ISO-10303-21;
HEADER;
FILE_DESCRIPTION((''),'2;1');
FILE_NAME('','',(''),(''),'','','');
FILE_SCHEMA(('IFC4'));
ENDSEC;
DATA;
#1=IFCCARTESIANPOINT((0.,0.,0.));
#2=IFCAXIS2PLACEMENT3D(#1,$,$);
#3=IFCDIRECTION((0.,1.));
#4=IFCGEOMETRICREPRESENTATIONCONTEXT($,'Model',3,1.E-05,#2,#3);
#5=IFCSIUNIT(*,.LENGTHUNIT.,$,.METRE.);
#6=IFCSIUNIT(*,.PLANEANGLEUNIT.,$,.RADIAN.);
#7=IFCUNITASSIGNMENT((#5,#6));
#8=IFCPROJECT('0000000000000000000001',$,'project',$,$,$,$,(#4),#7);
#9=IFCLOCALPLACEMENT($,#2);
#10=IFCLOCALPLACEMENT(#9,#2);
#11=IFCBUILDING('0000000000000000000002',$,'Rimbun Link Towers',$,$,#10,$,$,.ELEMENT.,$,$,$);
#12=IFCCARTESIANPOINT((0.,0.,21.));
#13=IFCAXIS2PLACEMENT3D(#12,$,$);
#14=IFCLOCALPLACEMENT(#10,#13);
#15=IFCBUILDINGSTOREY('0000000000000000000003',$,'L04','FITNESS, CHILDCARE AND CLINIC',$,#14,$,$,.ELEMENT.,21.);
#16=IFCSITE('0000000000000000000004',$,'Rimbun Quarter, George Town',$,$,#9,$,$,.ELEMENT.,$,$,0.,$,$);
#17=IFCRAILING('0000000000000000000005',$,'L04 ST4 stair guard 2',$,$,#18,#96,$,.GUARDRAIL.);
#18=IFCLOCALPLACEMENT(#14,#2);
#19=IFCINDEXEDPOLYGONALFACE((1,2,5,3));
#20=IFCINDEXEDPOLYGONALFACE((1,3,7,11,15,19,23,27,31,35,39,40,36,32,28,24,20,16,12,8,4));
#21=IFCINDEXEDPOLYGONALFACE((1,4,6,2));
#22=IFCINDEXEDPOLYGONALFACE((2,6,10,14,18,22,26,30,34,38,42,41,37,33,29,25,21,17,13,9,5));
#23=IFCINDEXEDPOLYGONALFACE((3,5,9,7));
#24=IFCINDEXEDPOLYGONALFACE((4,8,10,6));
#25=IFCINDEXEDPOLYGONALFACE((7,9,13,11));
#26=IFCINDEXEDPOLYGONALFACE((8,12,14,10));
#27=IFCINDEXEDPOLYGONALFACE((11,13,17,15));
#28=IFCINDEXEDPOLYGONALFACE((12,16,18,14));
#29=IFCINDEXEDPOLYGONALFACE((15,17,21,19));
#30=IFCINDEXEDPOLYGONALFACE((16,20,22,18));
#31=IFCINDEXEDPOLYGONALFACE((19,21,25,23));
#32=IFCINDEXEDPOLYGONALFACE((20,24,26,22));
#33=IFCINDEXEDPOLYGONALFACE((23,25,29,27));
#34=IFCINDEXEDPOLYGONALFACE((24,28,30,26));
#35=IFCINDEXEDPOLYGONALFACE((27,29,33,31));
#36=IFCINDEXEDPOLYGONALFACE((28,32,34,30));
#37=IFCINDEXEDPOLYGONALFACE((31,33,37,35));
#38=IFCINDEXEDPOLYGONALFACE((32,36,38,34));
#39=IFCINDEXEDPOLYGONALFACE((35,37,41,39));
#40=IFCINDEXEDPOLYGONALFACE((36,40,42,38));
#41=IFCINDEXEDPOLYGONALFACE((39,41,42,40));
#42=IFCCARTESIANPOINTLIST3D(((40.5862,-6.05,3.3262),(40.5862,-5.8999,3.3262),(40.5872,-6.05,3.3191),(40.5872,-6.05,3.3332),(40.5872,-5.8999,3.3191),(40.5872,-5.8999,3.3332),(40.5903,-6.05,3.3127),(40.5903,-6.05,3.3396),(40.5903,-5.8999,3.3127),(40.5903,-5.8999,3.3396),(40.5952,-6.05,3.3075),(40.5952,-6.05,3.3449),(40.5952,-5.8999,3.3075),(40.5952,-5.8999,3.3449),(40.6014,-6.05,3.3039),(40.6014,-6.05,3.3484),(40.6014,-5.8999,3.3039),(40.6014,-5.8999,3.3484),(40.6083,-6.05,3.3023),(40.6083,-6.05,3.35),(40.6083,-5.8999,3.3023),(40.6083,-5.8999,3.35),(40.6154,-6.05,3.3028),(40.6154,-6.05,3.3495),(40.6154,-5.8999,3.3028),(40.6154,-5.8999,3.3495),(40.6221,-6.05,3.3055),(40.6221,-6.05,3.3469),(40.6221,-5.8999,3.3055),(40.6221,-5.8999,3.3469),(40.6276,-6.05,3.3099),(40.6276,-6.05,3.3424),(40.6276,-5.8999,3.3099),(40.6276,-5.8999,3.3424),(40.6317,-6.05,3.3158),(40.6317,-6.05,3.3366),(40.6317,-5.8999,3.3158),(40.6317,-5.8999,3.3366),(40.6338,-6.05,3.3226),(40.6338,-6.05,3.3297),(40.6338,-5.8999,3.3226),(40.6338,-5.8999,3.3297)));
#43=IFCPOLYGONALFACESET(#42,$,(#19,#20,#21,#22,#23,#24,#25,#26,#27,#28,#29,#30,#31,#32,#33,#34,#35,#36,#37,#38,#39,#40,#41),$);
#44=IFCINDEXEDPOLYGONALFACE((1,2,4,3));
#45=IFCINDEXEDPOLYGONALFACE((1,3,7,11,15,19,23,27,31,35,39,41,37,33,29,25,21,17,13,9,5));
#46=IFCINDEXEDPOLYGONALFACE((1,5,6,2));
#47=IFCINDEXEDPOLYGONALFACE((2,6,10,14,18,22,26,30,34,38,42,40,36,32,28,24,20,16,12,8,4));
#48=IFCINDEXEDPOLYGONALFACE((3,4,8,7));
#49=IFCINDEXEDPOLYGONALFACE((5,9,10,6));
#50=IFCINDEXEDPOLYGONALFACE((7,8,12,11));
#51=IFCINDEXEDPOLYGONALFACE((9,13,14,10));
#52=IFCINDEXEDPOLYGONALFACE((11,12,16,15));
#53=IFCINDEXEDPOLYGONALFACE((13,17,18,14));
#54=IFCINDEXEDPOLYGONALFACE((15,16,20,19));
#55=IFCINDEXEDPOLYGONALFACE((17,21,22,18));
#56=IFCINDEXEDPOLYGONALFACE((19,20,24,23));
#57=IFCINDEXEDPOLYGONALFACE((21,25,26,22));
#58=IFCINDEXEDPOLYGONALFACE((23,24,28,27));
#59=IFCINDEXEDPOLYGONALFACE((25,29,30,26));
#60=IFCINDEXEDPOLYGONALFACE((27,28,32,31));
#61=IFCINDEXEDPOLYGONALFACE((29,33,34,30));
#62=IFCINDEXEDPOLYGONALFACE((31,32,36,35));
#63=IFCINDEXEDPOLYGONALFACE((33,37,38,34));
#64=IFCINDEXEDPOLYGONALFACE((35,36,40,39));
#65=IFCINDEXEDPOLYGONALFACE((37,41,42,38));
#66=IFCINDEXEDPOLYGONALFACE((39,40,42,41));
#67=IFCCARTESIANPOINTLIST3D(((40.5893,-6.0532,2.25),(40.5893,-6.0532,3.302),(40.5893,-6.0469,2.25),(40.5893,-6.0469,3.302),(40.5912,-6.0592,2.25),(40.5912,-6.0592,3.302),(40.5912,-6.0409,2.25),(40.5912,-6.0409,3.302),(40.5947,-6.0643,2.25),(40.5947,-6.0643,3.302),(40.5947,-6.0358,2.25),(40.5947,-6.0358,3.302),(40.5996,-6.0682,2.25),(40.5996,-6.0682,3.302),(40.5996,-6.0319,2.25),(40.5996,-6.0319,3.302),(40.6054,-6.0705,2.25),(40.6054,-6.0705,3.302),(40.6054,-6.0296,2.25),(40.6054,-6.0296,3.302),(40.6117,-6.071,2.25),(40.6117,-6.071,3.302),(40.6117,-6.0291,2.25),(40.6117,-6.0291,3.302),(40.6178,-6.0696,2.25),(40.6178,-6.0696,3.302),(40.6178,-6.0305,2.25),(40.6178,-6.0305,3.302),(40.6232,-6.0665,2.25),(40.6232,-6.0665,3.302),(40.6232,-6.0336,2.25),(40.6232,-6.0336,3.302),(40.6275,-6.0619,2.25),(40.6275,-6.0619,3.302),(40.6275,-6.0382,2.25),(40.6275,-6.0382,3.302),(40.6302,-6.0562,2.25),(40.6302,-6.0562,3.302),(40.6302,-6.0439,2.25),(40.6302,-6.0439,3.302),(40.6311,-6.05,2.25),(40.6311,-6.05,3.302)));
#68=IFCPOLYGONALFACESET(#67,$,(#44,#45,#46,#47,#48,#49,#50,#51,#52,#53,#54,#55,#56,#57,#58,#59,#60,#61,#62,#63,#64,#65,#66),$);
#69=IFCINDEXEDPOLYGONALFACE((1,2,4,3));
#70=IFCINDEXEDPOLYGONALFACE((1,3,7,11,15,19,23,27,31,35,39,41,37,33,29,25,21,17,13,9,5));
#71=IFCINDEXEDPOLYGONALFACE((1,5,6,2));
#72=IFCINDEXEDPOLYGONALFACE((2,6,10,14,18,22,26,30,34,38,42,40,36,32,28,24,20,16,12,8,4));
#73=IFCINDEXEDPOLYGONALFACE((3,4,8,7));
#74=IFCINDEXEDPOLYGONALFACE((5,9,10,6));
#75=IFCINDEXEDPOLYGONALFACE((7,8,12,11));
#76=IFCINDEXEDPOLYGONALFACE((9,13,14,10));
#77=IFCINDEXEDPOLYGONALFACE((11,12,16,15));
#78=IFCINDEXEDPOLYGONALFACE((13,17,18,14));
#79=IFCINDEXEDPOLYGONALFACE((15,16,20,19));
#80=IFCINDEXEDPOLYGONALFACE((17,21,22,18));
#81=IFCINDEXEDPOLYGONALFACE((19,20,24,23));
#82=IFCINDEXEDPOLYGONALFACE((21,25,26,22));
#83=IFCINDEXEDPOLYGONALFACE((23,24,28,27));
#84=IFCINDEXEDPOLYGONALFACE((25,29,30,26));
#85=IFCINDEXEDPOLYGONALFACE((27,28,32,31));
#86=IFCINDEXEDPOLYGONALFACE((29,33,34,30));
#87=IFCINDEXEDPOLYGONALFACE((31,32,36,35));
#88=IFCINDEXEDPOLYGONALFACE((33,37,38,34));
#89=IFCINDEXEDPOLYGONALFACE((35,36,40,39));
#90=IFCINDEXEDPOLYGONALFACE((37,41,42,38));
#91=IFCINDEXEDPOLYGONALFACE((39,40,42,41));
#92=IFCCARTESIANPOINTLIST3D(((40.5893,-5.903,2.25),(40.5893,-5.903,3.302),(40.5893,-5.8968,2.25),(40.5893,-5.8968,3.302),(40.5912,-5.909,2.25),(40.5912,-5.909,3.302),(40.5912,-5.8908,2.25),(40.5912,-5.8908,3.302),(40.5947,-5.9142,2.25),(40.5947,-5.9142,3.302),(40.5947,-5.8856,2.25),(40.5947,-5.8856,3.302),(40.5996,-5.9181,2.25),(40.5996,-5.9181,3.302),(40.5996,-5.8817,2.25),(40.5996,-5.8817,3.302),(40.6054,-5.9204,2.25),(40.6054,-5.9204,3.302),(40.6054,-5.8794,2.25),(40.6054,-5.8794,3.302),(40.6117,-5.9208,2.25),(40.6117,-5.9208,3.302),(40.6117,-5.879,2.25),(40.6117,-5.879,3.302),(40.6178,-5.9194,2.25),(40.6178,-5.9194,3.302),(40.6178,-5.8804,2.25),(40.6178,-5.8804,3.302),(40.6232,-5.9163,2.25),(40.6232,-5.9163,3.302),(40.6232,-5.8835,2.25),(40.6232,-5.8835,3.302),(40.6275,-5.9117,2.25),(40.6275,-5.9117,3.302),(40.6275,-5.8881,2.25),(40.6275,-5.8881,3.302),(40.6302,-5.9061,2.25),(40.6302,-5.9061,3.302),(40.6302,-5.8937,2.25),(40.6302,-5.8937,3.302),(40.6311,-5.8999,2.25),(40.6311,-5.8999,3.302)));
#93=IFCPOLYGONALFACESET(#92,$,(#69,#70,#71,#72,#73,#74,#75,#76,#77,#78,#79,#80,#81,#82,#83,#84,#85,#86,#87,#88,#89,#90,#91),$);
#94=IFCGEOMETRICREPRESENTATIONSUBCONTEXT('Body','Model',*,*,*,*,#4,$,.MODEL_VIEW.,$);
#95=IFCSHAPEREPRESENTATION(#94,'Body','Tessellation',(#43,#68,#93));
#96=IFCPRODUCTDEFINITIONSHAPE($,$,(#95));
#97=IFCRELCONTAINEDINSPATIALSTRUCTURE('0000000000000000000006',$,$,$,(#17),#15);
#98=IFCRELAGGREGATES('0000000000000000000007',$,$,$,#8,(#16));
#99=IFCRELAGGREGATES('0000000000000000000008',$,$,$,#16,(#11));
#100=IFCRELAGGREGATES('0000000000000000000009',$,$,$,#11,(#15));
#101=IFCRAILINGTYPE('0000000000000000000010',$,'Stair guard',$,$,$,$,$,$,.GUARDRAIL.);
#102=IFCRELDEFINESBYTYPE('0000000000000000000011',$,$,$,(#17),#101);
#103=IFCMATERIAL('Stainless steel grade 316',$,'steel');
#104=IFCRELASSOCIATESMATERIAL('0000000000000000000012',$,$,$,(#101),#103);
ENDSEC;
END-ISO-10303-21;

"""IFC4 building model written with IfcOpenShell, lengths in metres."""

from ifc_helpers import new_model, si_unit, direction, frame, origin, origin_2d, place, context, subcontext, project, spatial, circle, extrude, material, type_object, element, save


model = new_model("IFC4")

# Units and contexts
model_context = context("Model", 3, precision=1e-05, world=origin(), true_north=direction((0.0, 1.0)))
body_context = subcontext(model_context, "Body", "Model", "MODEL_VIEW")
ifc_project = project(units=[si_unit("LENGTHUNIT", "METRE"), si_unit("PLANEANGLEUNIT", "RADIAN")], contexts=[model_context])

# Site, building, storey
site_placement = place(None, origin())
site = spatial("IfcSite", under=ifc_project, at=site_placement, Name="Rimbun Quarter, George Town", CompositionType="ELEMENT", RefElevation=0.0)
building_placement = place(site_placement, origin())
building = spatial("IfcBuilding", under=site, at=building_placement, Name="Rimbun Link Towers", CompositionType="ELEMENT")
storey_placement = place(building_placement, frame((0.0, 0.0, 21.0)))
storey = spatial("IfcBuildingStorey", under=building, at=storey_placement, Name="L04", Description="FITNESS, CHILDCARE AND CLINIC", CompositionType="ELEMENT", Elevation=21.0)

# Railing
ifc_material_1 = material(Name="Stainless steel grade 316", Category="steel")
railing_type_1 = type_object("IfcRailingType", Name="Stair guard", PredefinedType="GUARDRAIL", material=ifc_material_1)
railing_1_placement = place(storey_placement, frame((40.6101, -6.05, 2.25)))
element("IfcRailing", 1, at=railing_1_placement, inside=storey, type_object=railing_type_1, Name="L04 ST4 stair guard 2", PredefinedType="GUARDRAIL", context=body_context, shape_type="SweptSolid", body=[
    extrude(circle(Radius=0.0239, at=origin_2d()), frame((0.0, 0.0, 1.0762), z_axis=(0.0, 1.0, 0.0), x_axis=(-1.0, 0.0, 0.0)), (0.0, 0.0, 1.0), 0.1501),
    extrude(circle(Radius=0.021, at=origin_2d()), origin(), (0.0, 0.0, 1.0), 1.052),
    extrude(circle(Radius=0.021, at=origin_2d()), frame((0.0, 0.1501, 0.0)), (0.0, 0.0, 1.0), 1.052),
])

save(model, "model.ifc")
